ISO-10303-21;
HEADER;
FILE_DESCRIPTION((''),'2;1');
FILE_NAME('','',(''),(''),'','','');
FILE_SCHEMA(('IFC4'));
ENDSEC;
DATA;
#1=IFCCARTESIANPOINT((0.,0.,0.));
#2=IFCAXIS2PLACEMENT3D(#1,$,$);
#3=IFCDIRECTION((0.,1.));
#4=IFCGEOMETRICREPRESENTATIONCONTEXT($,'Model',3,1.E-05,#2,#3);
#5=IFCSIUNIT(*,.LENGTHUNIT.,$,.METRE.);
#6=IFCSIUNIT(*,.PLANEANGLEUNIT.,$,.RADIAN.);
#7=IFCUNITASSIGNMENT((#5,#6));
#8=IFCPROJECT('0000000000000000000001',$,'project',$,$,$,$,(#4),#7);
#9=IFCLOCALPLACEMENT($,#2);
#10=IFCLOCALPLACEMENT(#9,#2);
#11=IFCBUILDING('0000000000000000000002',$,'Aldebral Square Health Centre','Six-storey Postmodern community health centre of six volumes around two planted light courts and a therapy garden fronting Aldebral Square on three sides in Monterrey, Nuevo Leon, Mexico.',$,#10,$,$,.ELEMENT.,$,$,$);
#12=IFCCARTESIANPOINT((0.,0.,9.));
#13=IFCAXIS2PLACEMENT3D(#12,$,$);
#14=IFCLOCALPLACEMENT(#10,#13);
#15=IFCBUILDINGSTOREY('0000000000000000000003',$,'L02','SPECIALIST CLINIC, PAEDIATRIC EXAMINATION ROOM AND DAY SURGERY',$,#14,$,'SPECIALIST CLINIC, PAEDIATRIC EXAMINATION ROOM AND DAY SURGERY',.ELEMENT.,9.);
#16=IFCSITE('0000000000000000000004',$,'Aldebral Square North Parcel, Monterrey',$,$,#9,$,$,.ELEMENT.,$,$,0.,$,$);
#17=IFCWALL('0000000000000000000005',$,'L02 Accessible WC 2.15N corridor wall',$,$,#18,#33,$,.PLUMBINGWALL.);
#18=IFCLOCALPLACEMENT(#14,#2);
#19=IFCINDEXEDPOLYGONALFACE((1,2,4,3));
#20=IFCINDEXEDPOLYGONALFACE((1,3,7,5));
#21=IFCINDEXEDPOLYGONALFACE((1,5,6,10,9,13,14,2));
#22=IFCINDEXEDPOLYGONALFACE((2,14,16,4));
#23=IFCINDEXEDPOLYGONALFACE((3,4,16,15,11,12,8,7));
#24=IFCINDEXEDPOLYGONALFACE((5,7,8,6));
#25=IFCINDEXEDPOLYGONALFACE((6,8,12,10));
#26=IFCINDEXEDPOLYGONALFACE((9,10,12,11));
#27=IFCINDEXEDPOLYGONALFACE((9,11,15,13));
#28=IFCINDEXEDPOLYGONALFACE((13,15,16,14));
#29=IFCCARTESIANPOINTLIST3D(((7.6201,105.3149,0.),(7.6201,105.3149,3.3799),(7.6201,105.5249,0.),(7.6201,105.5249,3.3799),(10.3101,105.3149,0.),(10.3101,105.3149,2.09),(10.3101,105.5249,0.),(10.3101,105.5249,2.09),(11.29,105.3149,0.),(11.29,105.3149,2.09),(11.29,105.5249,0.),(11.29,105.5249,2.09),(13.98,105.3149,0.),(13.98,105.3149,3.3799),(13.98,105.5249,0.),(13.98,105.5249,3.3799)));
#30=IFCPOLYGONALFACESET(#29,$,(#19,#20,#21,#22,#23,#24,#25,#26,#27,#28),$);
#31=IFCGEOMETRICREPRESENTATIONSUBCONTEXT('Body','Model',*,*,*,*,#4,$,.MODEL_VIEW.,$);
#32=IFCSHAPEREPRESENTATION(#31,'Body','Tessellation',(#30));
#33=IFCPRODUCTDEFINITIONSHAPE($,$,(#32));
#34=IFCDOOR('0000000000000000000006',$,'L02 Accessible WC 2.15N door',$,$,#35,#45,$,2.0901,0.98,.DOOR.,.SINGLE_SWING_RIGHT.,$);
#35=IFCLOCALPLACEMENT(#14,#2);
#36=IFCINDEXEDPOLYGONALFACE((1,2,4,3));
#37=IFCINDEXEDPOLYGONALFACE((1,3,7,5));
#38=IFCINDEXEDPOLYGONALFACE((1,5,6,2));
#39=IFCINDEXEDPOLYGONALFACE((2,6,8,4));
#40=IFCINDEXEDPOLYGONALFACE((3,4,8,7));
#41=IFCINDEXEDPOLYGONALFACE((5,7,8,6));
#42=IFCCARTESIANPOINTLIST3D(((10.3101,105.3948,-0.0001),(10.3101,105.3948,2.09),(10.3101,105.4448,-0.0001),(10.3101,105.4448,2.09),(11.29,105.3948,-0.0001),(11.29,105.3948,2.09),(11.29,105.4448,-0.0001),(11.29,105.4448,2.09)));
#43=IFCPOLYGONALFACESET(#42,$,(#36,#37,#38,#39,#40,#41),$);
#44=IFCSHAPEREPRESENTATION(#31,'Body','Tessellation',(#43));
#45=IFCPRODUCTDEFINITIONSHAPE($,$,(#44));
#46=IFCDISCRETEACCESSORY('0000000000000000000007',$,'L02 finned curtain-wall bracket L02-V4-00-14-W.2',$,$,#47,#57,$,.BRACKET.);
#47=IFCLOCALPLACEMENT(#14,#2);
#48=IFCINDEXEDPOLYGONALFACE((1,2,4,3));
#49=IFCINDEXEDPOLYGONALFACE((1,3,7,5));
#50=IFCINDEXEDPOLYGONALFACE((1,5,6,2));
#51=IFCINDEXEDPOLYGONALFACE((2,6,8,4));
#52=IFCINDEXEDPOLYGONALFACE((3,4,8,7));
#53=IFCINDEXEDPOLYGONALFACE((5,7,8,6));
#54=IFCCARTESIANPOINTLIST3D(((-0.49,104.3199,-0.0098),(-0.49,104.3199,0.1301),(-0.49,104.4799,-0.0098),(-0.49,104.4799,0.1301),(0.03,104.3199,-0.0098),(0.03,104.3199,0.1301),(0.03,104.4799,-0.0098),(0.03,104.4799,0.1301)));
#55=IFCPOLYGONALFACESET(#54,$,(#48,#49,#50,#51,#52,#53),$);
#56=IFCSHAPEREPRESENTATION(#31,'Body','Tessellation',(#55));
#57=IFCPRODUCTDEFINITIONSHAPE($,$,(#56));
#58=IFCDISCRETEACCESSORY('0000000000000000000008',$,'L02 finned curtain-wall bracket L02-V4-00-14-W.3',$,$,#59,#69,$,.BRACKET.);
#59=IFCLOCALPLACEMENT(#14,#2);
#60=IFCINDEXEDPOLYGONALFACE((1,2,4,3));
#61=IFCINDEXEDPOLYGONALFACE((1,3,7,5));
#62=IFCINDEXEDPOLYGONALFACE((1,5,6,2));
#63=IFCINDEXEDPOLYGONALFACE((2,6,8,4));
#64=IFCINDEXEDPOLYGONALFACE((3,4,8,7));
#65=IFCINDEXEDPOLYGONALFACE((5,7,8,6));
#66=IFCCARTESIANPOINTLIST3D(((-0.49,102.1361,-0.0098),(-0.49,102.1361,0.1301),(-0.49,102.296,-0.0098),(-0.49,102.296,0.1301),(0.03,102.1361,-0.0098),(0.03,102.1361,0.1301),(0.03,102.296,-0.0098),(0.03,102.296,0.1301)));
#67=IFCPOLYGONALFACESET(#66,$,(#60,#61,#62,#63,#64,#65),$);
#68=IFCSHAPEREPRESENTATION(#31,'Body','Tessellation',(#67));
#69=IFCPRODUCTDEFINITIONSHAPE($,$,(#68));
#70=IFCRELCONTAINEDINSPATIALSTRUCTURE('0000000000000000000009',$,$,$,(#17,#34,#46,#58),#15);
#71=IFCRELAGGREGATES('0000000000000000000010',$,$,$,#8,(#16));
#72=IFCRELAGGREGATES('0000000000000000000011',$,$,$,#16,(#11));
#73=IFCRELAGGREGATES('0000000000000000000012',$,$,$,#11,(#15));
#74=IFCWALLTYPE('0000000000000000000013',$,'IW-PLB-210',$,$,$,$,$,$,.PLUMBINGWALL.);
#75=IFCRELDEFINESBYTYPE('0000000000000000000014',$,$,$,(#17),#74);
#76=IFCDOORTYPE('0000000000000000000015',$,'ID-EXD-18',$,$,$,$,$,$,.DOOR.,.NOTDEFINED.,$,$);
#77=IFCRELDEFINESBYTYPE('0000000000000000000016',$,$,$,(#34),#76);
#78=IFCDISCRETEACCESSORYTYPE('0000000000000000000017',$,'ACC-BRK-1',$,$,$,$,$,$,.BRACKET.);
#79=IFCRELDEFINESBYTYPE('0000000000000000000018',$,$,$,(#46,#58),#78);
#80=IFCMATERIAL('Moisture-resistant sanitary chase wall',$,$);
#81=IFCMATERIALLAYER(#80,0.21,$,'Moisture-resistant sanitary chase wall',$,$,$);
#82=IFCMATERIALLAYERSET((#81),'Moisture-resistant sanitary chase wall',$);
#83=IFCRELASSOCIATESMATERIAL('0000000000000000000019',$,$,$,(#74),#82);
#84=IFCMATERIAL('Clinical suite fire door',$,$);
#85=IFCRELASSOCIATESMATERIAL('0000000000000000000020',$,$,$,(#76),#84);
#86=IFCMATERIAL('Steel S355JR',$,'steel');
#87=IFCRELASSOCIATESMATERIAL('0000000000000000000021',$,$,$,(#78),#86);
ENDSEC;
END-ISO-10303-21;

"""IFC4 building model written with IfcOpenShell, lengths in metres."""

from ifc_helpers import new_model, si_unit, direction, frame, frame_2d, origin, origin_2d, place, context, subcontext, project, spatial, rectangle, extrude, material, layer, layer_set, type_object, element, fill, save


model = new_model("IFC4")

# Units and contexts
model_context = context("Model", 3, precision=1e-05, world=origin(), true_north=direction((0.0, 1.0)))
body_context = subcontext(model_context, "Body", "Model", "MODEL_VIEW")
ifc_project = project(units=[si_unit("LENGTHUNIT", "METRE"), si_unit("PLANEANGLEUNIT", "RADIAN")], contexts=[model_context])

# Site, building, storey
site_placement = place(None, origin())
site = spatial("IfcSite", under=ifc_project, at=site_placement, Name="Aldebral Square North Parcel, Monterrey", CompositionType="ELEMENT", RefElevation=0.0)
building_placement = place(site_placement, origin())
building = spatial("IfcBuilding", under=site, at=building_placement, Name="Aldebral Square Health Centre", Description="Six-storey Postmodern community health centre of six volumes around two planted light courts and a therapy garden fronting Aldebral Square on three sides in Monterrey, Nuevo Leon, Mexico.", CompositionType="ELEMENT")
storey_placement = place(building_placement, frame((0.0, 0.0, 9.0)))
storey = spatial("IfcBuildingStorey", under=building, at=storey_placement, Name="L02", Description="SPECIALIST CLINIC, PAEDIATRIC EXAMINATION ROOM AND DAY SURGERY", LongName="SPECIALIST CLINIC, PAEDIATRIC EXAMINATION ROOM AND DAY SURGERY", CompositionType="ELEMENT", Elevation=9.0)

# Wall, opening, door
ifc_material_1 = material(Name="Clinical suite fire door")
ifc_material_2 = material(Name="Moisture-resistant sanitary chase wall")
ifc_layer_1 = layer(ifc_material_2, 0.21, Name="Moisture-resistant sanitary chase wall")
ifc_layer_set_1 = layer_set([ifc_layer_1], Name="Moisture-resistant sanitary chase wall")
wall_type_1 = type_object("IfcWallType", Name="IW-PLB-210", PredefinedType="PLUMBINGWALL", material=ifc_layer_set_1)
wall_1_placement = place(storey_placement, frame((7.6201, 105.4199, 0.0), z_axis=(0.0, 0.0, 1.0), x_axis=(1.0, 0.0, 0.0)))
wall_1 = element("IfcWall", 1, at=wall_1_placement, inside=storey, type_object=wall_type_1, Name="L02 Accessible WC 2.15N corridor wall", PredefinedType="PLUMBINGWALL", context=body_context, shape_type="SweptSolid", body=[
    extrude(rectangle(XDim=6.3599, YDim=0.21, at=frame_2d((3.1799, 0.0))), origin(), (0.0, 0.0, 1.0), 3.3799),
])
opening_1_placement = place(wall_1_placement, frame((2.6899, 0.0, 0.0)))
opening_1 = element("IfcOpeningElement", 2, at=opening_1_placement, cuts=wall_1, PredefinedType="OPENING", context=body_context, shape_type="SweptSolid", body=[
    extrude(rectangle(XDim=0.98, YDim=2.0901, at=frame_2d((0.49, 1.0449))), frame((0.0, 0.115, 0.0), z_axis=(0.0, -1.0, 0.0), x_axis=(1.0, 0.0, 0.0)), (0.0, 0.0, 1.0), 0.23),
])
door_type_1 = type_object("IfcDoorType", Name="ID-EXD-18", OperationType="NOTDEFINED", PredefinedType="DOOR", material=ifc_material_1)
door_1_placement = place(opening_1_placement, origin())
door_1 = element("IfcDoor", 3, at=door_1_placement, inside=storey, type_object=door_type_1, Name="L02 Accessible WC 2.15N door", OperationType="SINGLE_SWING_RIGHT", OverallHeight=2.0901, OverallWidth=0.98, PredefinedType="DOOR", context=body_context, shape_type="SweptSolid", body=[
    extrude(rectangle(XDim=0.98, YDim=2.0901, at=frame_2d((0.49, 1.0449))), frame((0.0, 0.0249, 0.0), z_axis=(0.0, -1.0, 0.0), x_axis=(1.0, 0.0, 0.0)), (0.0, 0.0, 1.0), 0.05),
])
fill(opening_1, door_1)

# Discrete accessories
ifc_material_3 = material(Name="Steel S355JR", Category="steel")
discrete_accessory_type = type_object("IfcDiscreteAccessoryType", Name="ACC-BRK-1", PredefinedType="BRACKET", material=ifc_material_3)
for number, where, z_axis, x_axis, name in (
    (4, (-0.23, 104.3999, -0.0098), (0.0, 0.0, 1.0), (0.0, 1.0, 0.0), "L02 finned curtain-wall bracket L02-V4-00-14-W.2"),
    (5, (-0.23, 102.2161, -0.0098), (0.0, 0.0, 1.0), (0.0, 1.0, 0.0), "L02 finned curtain-wall bracket L02-V4-00-14-W.3"),
):
    element("IfcDiscreteAccessory", number, at=place(storey_placement, frame(where, z_axis=z_axis, x_axis=x_axis)), inside=storey, type_object=discrete_accessory_type, Name=name, PredefinedType="BRACKET", context=body_context, shape_type="SweptSolid", body=[
        extrude(rectangle(XDim=0.1599, YDim=0.52, at=origin_2d()), origin(), (0.0, 0.0, 1.0), 0.1399),
    ])

save(model, "model.ifc")
